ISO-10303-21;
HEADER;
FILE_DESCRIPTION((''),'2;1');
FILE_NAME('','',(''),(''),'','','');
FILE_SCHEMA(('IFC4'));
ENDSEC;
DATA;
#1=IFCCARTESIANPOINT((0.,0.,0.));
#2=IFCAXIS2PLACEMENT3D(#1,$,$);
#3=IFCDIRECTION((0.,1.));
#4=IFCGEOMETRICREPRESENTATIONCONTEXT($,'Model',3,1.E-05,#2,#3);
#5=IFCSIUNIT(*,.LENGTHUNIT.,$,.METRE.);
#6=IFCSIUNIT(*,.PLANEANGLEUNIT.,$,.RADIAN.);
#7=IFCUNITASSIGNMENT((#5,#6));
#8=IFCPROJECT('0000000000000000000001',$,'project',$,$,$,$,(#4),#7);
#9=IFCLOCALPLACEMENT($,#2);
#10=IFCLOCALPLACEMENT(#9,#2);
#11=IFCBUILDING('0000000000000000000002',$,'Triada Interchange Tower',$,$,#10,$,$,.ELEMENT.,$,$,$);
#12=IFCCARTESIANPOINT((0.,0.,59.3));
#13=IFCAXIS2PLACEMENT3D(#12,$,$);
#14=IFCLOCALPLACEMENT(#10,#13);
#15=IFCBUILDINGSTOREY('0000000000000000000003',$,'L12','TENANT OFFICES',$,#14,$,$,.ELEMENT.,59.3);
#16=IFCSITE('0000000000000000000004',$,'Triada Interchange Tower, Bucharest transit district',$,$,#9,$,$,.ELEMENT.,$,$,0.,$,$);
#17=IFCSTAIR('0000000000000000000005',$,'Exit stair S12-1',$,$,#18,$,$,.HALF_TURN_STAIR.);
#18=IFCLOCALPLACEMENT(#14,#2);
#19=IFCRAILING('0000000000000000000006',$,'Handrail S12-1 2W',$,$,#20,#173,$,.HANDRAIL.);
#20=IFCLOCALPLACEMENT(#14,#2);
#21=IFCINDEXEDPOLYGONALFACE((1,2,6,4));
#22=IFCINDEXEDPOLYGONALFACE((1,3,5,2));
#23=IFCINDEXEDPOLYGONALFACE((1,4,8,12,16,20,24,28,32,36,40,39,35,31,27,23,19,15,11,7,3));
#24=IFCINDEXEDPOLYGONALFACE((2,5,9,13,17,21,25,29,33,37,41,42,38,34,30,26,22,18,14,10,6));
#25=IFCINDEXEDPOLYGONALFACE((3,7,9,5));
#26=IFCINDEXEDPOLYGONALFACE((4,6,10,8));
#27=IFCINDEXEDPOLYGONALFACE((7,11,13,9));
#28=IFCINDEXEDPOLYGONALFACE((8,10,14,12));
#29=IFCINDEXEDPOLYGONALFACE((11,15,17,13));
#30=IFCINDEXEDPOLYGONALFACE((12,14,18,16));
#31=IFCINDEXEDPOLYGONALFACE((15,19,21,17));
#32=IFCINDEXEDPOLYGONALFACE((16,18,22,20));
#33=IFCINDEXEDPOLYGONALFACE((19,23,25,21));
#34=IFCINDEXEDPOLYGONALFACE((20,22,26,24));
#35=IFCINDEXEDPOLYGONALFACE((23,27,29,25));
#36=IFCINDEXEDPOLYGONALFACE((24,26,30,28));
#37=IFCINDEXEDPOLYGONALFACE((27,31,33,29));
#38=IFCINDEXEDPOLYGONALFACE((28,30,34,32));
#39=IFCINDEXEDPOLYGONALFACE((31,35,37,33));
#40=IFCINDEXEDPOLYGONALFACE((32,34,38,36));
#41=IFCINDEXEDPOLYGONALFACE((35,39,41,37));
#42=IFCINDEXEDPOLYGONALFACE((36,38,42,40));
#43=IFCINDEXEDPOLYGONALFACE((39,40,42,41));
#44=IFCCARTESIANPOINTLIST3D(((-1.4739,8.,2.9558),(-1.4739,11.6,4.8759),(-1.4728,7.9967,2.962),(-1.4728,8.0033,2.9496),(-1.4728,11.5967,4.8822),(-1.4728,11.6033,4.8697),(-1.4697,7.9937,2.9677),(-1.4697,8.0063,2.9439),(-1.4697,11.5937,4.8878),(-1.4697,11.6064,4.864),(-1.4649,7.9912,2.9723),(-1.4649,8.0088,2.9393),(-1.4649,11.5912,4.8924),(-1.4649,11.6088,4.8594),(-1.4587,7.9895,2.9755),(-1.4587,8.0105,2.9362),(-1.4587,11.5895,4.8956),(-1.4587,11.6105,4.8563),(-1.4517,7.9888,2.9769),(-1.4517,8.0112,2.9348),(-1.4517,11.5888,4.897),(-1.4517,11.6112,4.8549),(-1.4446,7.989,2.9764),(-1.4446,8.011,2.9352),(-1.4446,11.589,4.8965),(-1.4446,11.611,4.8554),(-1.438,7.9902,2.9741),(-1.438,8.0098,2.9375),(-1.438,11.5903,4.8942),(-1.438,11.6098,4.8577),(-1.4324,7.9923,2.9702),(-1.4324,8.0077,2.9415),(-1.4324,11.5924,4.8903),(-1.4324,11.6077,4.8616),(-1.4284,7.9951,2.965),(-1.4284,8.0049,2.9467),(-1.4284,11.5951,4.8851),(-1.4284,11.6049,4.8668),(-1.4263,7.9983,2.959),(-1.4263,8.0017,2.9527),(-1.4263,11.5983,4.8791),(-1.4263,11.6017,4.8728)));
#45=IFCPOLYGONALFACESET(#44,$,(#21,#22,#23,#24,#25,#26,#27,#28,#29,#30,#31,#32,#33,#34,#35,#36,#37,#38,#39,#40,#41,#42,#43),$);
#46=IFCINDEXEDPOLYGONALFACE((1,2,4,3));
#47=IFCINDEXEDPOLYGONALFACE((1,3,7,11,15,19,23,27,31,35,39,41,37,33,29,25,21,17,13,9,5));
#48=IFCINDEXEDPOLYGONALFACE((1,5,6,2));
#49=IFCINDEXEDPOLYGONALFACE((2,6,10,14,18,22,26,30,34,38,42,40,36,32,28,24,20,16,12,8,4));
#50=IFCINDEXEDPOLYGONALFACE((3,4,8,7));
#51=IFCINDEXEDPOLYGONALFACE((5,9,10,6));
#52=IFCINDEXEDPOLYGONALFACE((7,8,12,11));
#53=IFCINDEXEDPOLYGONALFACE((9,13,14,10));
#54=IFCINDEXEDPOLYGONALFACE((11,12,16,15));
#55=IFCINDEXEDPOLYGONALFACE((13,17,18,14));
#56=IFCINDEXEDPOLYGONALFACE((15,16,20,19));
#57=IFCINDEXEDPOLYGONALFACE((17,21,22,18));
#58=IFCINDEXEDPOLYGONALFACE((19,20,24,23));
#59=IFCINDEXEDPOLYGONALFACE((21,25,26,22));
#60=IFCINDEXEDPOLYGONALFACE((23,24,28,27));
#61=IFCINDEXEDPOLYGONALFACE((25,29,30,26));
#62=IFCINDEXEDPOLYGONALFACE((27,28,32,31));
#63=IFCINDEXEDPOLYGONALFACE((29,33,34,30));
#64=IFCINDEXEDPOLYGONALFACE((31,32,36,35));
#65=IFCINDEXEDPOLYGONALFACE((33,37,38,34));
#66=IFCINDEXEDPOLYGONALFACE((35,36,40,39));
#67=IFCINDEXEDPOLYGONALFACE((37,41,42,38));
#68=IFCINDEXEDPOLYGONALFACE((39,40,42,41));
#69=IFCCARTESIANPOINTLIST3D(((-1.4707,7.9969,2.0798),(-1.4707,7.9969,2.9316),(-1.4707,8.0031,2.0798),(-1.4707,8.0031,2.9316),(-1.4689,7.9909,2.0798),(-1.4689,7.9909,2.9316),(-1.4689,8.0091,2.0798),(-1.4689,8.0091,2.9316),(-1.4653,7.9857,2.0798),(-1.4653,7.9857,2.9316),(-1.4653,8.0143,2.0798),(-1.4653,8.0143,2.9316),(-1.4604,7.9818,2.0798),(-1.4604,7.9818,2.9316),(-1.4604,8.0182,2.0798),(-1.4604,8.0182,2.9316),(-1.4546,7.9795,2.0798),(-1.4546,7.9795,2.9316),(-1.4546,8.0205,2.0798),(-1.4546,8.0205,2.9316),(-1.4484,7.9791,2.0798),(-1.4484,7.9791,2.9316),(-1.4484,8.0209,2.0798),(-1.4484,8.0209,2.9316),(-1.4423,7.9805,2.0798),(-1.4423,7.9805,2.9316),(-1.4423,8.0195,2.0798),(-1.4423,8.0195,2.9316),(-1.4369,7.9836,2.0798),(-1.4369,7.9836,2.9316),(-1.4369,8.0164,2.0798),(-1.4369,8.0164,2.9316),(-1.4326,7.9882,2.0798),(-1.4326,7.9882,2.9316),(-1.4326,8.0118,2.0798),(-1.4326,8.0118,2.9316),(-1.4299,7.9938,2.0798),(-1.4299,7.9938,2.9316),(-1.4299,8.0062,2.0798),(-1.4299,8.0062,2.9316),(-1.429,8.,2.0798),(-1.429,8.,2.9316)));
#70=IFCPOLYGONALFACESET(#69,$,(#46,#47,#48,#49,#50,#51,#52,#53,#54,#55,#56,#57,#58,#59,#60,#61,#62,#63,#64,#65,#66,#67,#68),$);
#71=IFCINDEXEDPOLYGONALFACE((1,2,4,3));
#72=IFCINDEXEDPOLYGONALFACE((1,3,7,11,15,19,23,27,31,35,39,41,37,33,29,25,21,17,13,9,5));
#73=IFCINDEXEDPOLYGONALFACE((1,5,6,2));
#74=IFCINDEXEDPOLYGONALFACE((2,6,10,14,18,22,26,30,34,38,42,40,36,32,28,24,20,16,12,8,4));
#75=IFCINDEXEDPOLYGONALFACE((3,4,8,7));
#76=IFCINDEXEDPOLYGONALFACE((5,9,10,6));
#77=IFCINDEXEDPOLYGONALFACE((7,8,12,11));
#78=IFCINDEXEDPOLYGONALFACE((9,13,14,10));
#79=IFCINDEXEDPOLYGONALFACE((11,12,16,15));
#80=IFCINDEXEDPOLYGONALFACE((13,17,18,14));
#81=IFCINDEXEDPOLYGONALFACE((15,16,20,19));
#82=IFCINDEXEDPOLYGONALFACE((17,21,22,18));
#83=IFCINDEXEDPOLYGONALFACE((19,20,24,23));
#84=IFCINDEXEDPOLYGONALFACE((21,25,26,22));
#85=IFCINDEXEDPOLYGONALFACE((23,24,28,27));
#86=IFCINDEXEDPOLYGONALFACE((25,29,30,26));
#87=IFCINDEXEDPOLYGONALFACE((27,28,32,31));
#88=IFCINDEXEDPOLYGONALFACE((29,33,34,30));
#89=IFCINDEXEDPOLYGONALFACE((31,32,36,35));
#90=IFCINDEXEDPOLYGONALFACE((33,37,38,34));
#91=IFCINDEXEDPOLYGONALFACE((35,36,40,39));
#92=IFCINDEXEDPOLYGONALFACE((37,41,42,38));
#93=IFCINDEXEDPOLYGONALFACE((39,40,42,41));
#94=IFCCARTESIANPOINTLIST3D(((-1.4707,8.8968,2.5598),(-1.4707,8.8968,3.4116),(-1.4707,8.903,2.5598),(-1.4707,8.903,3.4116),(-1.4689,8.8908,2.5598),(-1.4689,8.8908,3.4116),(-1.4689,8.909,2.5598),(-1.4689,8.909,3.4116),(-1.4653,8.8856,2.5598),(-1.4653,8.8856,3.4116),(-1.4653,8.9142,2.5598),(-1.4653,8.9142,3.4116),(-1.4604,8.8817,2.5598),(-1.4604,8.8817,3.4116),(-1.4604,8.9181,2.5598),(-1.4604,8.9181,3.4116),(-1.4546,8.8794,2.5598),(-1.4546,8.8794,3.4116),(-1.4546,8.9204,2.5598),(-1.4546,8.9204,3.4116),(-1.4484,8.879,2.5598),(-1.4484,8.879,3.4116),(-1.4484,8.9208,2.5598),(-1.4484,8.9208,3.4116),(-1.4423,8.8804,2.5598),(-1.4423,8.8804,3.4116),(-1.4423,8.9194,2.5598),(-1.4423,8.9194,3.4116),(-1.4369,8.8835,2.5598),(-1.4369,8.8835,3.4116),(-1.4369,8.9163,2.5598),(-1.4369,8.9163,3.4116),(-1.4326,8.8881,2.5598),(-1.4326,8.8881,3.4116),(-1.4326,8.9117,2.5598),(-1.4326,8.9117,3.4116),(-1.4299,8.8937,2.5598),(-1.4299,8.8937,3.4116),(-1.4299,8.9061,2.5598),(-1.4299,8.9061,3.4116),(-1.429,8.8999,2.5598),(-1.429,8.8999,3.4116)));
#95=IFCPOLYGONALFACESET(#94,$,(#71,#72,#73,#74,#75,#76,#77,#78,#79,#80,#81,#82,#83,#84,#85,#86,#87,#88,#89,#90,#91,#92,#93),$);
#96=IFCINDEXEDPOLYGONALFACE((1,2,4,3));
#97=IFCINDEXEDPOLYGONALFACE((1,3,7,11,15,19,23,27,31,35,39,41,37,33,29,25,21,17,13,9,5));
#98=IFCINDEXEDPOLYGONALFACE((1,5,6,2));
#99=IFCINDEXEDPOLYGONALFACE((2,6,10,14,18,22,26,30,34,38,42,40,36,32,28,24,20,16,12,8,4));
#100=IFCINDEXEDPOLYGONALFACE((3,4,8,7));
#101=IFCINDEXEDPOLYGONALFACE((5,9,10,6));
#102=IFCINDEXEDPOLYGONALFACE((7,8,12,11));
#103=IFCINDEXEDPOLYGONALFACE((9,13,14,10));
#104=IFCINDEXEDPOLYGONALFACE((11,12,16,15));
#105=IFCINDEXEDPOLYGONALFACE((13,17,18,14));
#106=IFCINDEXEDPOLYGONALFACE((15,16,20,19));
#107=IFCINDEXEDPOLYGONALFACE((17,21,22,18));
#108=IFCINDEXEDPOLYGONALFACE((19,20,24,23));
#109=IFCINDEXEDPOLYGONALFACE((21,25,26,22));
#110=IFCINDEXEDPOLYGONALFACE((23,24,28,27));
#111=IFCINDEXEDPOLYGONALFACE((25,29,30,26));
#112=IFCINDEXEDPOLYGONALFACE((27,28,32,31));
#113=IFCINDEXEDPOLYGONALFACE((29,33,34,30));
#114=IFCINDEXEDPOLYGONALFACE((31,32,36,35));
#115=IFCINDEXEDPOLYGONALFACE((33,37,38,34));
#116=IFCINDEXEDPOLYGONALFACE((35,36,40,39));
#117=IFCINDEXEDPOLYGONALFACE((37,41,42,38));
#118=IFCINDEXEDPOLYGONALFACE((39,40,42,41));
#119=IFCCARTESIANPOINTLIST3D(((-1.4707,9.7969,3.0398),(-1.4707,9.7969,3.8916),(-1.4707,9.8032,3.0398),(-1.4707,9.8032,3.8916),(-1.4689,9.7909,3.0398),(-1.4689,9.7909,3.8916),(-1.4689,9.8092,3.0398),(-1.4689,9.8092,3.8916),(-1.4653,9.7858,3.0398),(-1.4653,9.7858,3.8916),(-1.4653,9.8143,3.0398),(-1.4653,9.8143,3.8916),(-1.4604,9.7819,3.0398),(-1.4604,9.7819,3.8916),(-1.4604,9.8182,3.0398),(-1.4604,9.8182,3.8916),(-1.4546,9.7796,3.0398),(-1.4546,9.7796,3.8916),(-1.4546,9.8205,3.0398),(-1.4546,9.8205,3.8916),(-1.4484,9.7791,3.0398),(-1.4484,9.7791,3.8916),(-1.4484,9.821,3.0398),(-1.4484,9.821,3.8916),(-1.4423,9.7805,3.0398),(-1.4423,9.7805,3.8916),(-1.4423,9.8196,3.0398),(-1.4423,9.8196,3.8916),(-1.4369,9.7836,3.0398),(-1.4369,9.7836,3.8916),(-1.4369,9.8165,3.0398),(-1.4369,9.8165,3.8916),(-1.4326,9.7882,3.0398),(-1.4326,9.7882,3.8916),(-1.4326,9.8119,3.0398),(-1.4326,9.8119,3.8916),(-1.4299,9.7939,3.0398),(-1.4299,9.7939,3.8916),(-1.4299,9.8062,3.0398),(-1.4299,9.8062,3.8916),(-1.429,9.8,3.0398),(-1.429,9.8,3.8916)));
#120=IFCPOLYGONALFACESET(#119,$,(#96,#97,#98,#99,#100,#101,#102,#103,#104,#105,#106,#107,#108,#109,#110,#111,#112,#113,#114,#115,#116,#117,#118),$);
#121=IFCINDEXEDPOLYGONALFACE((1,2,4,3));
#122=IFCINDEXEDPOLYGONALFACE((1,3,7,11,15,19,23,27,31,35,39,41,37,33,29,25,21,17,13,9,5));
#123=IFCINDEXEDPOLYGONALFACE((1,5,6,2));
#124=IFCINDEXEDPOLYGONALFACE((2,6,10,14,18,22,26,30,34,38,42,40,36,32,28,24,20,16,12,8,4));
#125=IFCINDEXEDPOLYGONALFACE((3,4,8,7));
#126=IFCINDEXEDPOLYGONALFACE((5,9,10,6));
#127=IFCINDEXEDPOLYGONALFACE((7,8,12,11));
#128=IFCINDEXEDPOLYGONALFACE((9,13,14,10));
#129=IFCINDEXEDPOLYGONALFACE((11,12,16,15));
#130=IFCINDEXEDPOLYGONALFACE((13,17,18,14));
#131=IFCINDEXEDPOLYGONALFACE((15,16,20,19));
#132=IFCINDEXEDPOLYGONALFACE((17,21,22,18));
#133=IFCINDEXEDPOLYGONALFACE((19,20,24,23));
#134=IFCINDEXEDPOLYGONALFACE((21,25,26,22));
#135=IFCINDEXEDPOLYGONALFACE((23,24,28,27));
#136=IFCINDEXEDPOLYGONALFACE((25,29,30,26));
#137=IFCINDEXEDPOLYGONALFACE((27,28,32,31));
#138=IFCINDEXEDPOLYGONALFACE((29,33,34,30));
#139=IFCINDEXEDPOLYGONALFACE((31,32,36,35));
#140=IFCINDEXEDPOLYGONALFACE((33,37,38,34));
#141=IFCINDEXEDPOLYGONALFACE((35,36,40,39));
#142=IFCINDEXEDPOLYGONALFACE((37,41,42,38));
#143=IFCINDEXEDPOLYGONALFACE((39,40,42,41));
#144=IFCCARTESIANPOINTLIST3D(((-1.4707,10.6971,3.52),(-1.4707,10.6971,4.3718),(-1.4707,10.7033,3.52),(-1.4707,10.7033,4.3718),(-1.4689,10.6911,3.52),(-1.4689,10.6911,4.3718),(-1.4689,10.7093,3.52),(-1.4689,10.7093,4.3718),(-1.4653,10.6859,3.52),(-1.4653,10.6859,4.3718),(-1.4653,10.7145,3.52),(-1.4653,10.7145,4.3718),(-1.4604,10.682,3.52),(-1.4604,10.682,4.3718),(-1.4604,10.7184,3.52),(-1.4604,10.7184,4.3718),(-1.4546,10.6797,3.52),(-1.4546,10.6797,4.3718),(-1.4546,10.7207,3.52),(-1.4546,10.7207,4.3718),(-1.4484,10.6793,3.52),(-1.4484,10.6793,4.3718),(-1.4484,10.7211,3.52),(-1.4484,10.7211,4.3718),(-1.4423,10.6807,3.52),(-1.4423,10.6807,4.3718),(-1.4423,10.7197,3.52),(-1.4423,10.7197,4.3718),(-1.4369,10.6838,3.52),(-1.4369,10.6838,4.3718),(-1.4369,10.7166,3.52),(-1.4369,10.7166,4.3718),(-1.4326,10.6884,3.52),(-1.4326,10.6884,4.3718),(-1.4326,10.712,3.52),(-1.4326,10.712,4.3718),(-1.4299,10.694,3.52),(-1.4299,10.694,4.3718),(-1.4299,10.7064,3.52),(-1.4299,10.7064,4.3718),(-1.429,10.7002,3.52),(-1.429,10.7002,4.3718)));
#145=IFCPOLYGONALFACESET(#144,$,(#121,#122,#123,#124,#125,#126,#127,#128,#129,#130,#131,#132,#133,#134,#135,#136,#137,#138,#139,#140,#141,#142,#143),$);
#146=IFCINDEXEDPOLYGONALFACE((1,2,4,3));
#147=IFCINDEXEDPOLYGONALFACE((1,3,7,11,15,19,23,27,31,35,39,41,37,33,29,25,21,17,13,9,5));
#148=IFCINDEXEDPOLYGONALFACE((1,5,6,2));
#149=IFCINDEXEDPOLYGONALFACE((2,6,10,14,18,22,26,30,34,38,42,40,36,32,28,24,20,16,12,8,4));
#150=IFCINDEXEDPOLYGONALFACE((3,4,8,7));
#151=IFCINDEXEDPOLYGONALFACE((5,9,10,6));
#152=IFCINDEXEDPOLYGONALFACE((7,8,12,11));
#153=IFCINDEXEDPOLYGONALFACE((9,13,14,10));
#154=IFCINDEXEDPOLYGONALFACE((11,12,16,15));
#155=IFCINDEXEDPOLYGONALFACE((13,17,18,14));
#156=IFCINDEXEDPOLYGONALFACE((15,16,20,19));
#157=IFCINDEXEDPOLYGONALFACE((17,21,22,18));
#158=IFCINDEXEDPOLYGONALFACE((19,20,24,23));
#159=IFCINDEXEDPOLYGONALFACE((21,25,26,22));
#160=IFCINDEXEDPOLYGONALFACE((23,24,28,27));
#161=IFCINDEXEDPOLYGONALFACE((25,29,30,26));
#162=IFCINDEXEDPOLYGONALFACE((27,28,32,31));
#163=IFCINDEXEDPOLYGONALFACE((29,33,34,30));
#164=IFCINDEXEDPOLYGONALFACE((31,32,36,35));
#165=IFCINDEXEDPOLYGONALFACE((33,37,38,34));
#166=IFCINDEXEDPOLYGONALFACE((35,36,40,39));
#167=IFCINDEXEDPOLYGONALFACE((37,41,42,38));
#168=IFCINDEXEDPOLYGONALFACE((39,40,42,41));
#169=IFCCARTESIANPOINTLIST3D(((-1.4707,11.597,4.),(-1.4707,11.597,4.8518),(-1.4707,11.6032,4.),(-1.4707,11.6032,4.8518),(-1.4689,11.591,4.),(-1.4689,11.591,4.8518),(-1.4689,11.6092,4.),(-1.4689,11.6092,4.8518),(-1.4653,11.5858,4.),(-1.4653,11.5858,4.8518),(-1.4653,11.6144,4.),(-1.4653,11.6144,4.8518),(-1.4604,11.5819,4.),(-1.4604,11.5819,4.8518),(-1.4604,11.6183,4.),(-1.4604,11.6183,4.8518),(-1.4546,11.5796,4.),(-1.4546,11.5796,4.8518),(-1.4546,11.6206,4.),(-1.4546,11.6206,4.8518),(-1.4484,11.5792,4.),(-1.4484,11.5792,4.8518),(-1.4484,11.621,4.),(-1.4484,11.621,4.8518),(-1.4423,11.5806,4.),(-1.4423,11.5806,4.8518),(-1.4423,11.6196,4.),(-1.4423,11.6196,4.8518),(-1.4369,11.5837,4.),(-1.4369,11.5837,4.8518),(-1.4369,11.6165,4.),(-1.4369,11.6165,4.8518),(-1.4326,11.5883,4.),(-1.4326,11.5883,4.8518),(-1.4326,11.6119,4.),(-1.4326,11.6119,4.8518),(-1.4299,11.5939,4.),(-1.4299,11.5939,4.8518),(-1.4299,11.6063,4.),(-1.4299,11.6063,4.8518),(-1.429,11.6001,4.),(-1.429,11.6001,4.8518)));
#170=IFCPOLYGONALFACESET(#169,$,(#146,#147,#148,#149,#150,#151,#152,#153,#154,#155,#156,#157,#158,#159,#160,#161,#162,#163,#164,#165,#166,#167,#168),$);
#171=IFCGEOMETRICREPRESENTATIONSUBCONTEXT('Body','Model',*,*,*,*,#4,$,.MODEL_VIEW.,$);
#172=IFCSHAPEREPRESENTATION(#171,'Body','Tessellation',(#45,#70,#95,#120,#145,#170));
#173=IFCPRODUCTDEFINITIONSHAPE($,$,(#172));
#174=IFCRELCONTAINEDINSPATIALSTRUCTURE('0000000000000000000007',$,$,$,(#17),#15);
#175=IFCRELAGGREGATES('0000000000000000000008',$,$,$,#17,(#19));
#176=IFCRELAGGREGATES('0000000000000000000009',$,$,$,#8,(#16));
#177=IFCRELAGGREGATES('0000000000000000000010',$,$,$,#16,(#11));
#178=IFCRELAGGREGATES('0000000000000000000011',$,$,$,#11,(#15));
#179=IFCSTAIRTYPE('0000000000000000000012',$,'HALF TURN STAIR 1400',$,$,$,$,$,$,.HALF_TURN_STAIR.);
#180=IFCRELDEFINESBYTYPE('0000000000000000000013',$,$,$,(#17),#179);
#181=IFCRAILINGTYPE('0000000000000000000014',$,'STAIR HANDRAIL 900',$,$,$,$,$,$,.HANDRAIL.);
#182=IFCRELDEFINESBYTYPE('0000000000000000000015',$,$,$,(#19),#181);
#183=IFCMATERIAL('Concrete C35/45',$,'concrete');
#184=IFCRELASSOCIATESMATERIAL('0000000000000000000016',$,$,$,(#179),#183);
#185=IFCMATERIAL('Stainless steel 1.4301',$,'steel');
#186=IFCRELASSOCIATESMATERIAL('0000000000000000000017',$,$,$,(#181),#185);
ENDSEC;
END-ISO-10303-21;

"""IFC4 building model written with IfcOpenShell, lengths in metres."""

from ifc_helpers import new_model, si_unit, direction, frame, origin, origin_2d, place, context, subcontext, project, spatial, circle, extrude, material, type_object, element, aggregate, save


model = new_model("IFC4")

# Units and contexts
model_context = context("Model", 3, precision=1e-05, world=origin(), true_north=direction((0.0, 1.0)))
body_context = subcontext(model_context, "Body", "Model", "MODEL_VIEW")
ifc_project = project(units=[si_unit("LENGTHUNIT", "METRE"), si_unit("PLANEANGLEUNIT", "RADIAN")], contexts=[model_context])

# Site, building, storey
site_placement = place(None, origin())
site = spatial("IfcSite", under=ifc_project, at=site_placement, Name="Triada Interchange Tower, Bucharest transit district", CompositionType="ELEMENT", RefElevation=0.0)
building_placement = place(site_placement, origin())
building = spatial("IfcBuilding", under=site, at=building_placement, Name="Triada Interchange Tower", CompositionType="ELEMENT")
storey_placement = place(building_placement, frame((0.0, 0.0, 59.3)))
storey = spatial("IfcBuildingStorey", under=building, at=storey_placement, Name="L12", Description="TENANT OFFICES", CompositionType="ELEMENT", Elevation=59.3)

# Stair, railing
ifc_material_1 = material(Name="Concrete C35/45", Category="concrete")
stair_type = type_object("IfcStairType", Name="HALF TURN STAIR 1400", PredefinedType="HALF_TURN_STAIR", material=ifc_material_1)
stair_placement = place(storey_placement, origin())
stair = element("IfcStair", 1, at=stair_placement, inside=storey, type_object=stair_type, Name="Exit stair S12-1", PredefinedType="HALF_TURN_STAIR")
ifc_material_2 = material(Name="Stainless steel 1.4301", Category="steel")
railing_type = type_object("IfcRailingType", Name="STAIR HANDRAIL 900", PredefinedType="HANDRAIL", material=ifc_material_2)
railing_placement = place(storey_placement, frame((-1.45, 8.0, 2.0798)))
railing = element("IfcRailing", 2, at=railing_placement, type_object=railing_type, Name="Handrail S12-1 2W", PredefinedType="HANDRAIL", context=body_context, shape_type="SweptSolid", body=[
    extrude(circle(Radius=0.0239, at=origin_2d()), frame((0.0, 0.0, 0.876), z_axis=(0.0, 0.882341, 0.47061), x_axis=(-1.0, 0.0, 0.0)), (0.0, 0.0, 1.0), 4.0801),
    extrude(circle(Radius=0.021, at=origin_2d()), origin(), (0.0, 0.0, 1.0), 0.8518),
    extrude(circle(Radius=0.021, at=origin_2d()), frame((0.0, 0.8999, 0.48)), (0.0, 0.0, 1.0), 0.8518),
    extrude(circle(Radius=0.021, at=origin_2d()), frame((0.0, 1.8, 0.96)), (0.0, 0.0, 1.0), 0.8518),
    extrude(circle(Radius=0.021, at=origin_2d()), frame((0.0, 2.7002, 1.4402)), (0.0, 0.0, 1.0), 0.8518),
    extrude(circle(Radius=0.021, at=origin_2d()), frame((0.0, 3.6001, 1.9202)), (0.0, 0.0, 1.0), 0.8518),
])
aggregate(stair, [railing])

save(model, "model.ifc")
